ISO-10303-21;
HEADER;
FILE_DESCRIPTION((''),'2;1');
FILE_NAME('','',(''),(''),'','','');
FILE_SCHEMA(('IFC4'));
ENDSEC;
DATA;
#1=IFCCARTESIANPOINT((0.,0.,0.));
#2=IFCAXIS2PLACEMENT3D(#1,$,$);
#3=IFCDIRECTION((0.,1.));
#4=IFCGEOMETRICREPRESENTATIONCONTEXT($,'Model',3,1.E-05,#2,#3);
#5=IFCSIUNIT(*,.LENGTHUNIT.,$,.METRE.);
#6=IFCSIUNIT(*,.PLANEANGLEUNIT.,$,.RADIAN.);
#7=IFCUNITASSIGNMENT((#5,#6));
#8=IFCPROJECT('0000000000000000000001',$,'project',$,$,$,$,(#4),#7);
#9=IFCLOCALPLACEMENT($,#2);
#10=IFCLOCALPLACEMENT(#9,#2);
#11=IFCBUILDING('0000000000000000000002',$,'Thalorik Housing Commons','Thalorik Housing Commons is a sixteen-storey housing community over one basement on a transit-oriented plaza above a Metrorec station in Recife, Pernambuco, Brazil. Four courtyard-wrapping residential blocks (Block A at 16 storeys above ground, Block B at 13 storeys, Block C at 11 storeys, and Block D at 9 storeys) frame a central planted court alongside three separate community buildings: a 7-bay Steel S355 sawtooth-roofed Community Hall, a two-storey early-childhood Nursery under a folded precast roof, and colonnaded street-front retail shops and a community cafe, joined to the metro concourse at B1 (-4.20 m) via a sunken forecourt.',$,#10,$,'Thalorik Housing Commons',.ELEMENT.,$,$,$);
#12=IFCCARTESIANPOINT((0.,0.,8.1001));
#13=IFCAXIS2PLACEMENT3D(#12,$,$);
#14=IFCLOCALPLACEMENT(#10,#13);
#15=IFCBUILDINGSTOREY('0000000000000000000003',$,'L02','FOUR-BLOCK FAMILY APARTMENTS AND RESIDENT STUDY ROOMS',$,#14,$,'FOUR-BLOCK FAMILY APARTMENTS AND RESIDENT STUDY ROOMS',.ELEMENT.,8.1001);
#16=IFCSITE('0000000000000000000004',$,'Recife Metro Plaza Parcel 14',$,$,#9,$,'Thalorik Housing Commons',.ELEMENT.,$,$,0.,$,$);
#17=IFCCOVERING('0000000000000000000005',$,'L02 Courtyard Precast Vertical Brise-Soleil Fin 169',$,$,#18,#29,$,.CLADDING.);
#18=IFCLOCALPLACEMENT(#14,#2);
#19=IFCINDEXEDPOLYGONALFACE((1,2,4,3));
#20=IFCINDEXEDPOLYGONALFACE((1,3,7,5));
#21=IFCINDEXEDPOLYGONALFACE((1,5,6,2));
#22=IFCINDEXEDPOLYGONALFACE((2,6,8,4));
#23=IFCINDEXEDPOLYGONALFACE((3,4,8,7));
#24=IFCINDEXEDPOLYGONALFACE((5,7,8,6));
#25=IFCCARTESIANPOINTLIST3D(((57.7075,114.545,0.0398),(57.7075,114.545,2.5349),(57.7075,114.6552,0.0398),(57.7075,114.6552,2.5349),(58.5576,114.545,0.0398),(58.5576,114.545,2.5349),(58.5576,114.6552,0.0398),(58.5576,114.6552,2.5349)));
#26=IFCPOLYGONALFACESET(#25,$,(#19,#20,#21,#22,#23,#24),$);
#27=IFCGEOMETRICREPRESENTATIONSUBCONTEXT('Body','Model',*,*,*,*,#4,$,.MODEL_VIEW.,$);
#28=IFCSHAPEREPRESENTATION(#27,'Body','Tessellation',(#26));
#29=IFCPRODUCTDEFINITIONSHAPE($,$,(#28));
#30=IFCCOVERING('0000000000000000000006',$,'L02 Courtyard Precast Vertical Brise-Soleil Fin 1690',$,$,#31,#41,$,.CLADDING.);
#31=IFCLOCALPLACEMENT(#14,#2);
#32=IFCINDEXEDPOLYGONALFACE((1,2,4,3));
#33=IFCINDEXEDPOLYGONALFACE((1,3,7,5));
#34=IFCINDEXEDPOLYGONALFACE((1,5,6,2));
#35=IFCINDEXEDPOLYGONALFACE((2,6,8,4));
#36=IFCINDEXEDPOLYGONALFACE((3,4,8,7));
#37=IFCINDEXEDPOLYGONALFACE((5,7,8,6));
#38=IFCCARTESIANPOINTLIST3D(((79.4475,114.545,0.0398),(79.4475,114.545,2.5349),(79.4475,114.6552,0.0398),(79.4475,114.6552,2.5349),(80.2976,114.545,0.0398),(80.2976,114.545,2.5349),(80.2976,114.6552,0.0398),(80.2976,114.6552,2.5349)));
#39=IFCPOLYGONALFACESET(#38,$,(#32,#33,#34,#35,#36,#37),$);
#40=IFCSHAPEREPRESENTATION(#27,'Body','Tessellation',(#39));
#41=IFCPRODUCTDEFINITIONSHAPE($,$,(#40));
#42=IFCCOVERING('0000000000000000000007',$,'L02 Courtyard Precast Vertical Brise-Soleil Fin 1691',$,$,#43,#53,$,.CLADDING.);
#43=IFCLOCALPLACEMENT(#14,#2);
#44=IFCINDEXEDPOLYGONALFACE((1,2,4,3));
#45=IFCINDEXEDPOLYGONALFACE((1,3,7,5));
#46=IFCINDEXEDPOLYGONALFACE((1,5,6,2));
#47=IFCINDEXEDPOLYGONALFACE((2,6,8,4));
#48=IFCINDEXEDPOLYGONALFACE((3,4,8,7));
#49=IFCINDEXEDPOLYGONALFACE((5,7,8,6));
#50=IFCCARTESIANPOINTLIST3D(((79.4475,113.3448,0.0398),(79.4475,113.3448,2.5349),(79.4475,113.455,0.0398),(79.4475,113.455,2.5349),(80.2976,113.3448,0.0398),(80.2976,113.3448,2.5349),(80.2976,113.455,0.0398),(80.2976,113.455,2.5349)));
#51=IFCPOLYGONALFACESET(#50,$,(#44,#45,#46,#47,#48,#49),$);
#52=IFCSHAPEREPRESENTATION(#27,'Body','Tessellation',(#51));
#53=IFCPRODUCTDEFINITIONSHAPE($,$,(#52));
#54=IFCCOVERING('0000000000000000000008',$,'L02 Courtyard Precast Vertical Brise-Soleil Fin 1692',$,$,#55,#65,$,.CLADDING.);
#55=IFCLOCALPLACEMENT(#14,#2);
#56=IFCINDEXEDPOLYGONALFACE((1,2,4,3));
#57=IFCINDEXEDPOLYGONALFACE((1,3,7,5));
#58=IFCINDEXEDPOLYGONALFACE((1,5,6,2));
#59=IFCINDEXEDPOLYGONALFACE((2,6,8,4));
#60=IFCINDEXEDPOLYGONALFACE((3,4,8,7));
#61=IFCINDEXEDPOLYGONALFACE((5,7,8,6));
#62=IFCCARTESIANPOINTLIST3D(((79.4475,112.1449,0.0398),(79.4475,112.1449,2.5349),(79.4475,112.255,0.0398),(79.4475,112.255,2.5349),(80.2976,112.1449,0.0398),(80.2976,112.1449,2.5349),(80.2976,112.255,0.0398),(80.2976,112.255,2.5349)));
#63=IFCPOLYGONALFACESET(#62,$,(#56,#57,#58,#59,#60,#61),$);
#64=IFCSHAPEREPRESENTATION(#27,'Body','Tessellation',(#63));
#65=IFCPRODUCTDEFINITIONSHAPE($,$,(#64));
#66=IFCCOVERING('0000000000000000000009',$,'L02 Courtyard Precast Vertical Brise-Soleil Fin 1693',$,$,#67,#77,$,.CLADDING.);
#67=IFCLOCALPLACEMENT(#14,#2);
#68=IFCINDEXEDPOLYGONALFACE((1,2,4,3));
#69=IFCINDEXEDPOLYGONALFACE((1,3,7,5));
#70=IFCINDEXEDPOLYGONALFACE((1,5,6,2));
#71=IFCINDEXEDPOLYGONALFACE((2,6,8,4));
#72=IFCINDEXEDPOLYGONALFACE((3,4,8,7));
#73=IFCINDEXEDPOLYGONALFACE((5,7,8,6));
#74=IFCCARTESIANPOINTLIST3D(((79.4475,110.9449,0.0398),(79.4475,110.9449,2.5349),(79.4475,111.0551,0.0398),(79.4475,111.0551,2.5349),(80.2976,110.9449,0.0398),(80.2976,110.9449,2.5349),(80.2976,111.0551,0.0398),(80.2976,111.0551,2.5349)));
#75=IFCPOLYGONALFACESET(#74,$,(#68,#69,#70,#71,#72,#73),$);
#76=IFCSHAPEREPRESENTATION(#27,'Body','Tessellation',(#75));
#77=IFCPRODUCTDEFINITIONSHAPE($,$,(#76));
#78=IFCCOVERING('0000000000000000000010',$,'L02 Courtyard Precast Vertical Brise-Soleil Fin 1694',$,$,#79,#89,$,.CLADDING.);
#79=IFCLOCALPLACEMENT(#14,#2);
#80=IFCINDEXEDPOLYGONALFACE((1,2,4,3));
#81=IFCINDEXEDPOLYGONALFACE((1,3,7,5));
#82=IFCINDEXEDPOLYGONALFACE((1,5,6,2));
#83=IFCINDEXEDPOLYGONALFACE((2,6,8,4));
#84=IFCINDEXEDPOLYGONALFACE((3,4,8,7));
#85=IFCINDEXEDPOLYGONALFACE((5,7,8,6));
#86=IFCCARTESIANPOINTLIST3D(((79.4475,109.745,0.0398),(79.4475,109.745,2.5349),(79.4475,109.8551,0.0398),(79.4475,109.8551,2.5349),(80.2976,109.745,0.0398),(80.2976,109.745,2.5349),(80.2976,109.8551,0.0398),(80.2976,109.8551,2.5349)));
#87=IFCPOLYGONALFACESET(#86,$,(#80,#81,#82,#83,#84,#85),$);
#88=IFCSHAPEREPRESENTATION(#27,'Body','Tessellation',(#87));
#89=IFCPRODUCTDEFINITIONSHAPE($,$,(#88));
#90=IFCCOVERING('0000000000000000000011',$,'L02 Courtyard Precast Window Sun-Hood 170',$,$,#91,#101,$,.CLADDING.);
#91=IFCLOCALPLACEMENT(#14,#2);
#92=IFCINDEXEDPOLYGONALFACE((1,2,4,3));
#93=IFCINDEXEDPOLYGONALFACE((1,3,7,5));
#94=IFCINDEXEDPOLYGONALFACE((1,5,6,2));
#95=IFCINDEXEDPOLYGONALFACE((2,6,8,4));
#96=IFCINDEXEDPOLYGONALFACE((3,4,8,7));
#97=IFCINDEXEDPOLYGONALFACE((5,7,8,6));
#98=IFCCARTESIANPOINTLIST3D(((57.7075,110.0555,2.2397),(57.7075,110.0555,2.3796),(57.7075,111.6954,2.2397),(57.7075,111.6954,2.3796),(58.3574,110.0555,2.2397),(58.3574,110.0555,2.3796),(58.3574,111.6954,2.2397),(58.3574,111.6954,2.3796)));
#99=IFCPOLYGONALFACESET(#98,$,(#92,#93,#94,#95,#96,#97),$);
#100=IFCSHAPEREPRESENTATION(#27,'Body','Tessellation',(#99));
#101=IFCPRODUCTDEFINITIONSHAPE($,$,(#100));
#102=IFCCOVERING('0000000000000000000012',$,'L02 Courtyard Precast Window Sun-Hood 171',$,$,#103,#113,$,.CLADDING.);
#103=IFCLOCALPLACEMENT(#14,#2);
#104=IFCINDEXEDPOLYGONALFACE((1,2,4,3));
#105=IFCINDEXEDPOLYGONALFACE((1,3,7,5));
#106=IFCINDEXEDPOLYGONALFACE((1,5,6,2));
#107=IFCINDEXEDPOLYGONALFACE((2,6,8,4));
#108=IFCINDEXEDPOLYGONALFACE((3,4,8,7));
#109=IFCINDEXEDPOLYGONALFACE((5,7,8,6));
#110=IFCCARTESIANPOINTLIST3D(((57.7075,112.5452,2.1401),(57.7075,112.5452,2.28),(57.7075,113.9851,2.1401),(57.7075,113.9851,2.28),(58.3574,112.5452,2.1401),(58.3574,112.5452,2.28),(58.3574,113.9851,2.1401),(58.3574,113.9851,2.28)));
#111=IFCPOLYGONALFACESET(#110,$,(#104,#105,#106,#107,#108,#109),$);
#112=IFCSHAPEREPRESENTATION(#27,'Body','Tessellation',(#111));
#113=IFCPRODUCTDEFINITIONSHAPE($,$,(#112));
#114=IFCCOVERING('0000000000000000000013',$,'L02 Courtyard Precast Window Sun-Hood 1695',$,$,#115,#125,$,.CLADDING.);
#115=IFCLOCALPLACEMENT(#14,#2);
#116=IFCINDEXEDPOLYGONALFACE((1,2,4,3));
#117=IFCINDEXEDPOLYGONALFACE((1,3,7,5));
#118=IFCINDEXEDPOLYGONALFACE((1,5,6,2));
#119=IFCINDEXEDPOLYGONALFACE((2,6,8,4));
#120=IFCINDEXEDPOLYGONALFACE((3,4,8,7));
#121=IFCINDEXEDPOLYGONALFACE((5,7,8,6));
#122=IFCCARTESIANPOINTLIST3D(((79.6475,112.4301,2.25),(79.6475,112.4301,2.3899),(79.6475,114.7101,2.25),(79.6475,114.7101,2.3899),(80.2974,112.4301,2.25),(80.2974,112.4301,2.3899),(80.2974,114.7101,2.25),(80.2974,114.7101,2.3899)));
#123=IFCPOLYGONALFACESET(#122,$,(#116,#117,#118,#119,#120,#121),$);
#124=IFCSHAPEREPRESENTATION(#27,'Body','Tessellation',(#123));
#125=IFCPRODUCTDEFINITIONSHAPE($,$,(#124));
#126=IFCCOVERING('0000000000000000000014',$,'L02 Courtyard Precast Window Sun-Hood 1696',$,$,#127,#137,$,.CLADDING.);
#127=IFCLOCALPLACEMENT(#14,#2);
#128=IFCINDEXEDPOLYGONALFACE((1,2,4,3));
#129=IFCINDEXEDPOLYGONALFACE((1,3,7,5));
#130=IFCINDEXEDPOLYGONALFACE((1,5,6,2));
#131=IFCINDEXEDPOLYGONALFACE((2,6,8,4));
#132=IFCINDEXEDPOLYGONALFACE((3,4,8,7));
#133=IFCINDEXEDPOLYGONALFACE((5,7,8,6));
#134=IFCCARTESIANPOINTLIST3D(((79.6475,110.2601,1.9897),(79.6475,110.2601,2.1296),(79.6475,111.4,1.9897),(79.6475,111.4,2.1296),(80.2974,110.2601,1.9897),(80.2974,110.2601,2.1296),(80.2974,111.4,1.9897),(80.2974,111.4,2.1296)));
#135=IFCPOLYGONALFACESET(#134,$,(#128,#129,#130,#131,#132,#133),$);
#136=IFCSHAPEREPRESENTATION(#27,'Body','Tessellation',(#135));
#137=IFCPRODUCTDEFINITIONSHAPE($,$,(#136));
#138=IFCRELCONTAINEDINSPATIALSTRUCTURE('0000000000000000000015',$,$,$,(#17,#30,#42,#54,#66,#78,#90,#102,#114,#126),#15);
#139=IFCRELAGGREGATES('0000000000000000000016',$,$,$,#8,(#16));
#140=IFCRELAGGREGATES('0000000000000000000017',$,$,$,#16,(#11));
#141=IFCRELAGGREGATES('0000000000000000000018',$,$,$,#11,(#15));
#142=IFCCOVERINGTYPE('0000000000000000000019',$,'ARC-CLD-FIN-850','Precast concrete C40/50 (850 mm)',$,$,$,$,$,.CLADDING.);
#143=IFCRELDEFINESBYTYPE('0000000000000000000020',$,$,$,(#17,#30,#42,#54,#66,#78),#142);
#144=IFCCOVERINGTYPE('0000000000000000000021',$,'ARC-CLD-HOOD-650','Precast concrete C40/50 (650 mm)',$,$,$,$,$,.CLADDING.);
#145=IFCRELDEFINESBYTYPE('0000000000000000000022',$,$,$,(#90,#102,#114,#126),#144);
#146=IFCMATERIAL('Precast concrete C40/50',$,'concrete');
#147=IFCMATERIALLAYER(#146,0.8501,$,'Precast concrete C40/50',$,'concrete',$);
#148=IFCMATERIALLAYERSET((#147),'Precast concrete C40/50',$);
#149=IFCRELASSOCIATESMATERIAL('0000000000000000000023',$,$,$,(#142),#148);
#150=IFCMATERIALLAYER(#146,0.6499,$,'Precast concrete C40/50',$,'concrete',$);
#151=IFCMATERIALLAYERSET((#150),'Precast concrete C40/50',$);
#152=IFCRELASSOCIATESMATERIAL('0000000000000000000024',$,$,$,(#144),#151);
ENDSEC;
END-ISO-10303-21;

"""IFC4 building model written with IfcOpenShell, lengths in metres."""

from ifc_helpers import new_model, si_unit, direction, frame, origin, origin_2d, place, context, subcontext, project, spatial, rectangle, extrude, material, layer, layer_set, type_object, element, save


model = new_model("IFC4")

# Units and contexts
model_context = context("Model", 3, precision=1e-05, world=origin(), true_north=direction((0.0, 1.0)))
body_context = subcontext(model_context, "Body", "Model", "MODEL_VIEW")
ifc_project = project(units=[si_unit("LENGTHUNIT", "METRE"), si_unit("PLANEANGLEUNIT", "RADIAN")], contexts=[model_context])

# Site, building, storey
site_placement = place(None, origin())
site = spatial("IfcSite", under=ifc_project, at=site_placement, Name="Recife Metro Plaza Parcel 14", LongName="Thalorik Housing Commons", CompositionType="ELEMENT", RefElevation=0.0)
building_placement = place(site_placement, origin())
building = spatial("IfcBuilding", under=site, at=building_placement, Name="Thalorik Housing Commons", Description="Thalorik Housing Commons is a sixteen-storey housing community over one basement on a transit-oriented plaza above a Metrorec station in Recife, Pernambuco, Brazil. Four courtyard-wrapping residential blocks (Block A at 16 storeys above ground, Block B at 13 storeys, Block C at 11 storeys, and Block D at 9 storeys) frame a central planted court alongside three separate community buildings: a 7-bay Steel S355 sawtooth-roofed Community Hall, a two-storey early-childhood Nursery under a folded precast roof, and colonnaded street-front retail shops and a community cafe, joined to the metro concourse at B1 (-4.20 m) via a sunken forecourt.", LongName="Thalorik Housing Commons", CompositionType="ELEMENT")
storey_placement = place(building_placement, frame((0.0, 0.0, 8.1001)))
storey = spatial("IfcBuildingStorey", under=building, at=storey_placement, Name="L02", Description="FOUR-BLOCK FAMILY APARTMENTS AND RESIDENT STUDY ROOMS", LongName="FOUR-BLOCK FAMILY APARTMENTS AND RESIDENT STUDY ROOMS", CompositionType="ELEMENT", Elevation=8.1001)

# Shared definitions
ifc_material_1 = material(Name="Precast concrete C40/50", Category="concrete")

# Coverings
ifc_layer_1 = layer(ifc_material_1, 0.8501, Name="Precast concrete C40/50", Category="concrete")
ifc_layer_set_1 = layer_set([ifc_layer_1], Name="Precast concrete C40/50")
covering_type_1 = type_object("IfcCoveringType", Name="ARC-CLD-FIN-850", Description="Precast concrete C40/50 (850 mm)", PredefinedType="CLADDING", material=ifc_layer_set_1)
for number, where, z_axis, x_axis, name in (
    (1, (58.1326, 114.6001, 0.0398), (0.0, 0.0, 1.0), (0.0, 1.0, 0.0), "L02 Courtyard Precast Vertical Brise-Soleil Fin 169"),
    (2, (79.8726, 114.6001, 0.0398), (0.0, 0.0, 1.0), (0.0, -1.0, 0.0), "L02 Courtyard Precast Vertical Brise-Soleil Fin 1690"),
    (3, (79.8726, 113.3999, 0.0398), (0.0, 0.0, 1.0), (0.0, -1.0, 0.0), "L02 Courtyard Precast Vertical Brise-Soleil Fin 1691"),
    (4, (79.8726, 112.2, 0.0398), (0.0, 0.0, 1.0), (0.0, -1.0, 0.0), "L02 Courtyard Precast Vertical Brise-Soleil Fin 1692"),
    (5, (79.8726, 111.0, 0.0398), (0.0, 0.0, 1.0), (0.0, -1.0, 0.0), "L02 Courtyard Precast Vertical Brise-Soleil Fin 1693"),
    (6, (79.8726, 109.8, 0.0398), (0.0, 0.0, 1.0), (0.0, -1.0, 0.0), "L02 Courtyard Precast Vertical Brise-Soleil Fin 1694"),
):
    element("IfcCovering", number, at=place(storey_placement, frame(where, z_axis=z_axis, x_axis=x_axis)), inside=storey, type_object=covering_type_1, Name=name, PredefinedType="CLADDING", context=body_context, shape_type="SweptSolid", body=[
        extrude(rectangle(XDim=0.1101, YDim=0.8501, at=origin_2d()), origin(), (0.0, 0.0, 1.0), 2.4951),
    ])
ifc_layer_2 = layer(ifc_material_1, 0.6499, Name="Precast concrete C40/50", Category="concrete")
ifc_layer_set_2 = layer_set([ifc_layer_2], Name="Precast concrete C40/50")
covering_type_2 = type_object("IfcCoveringType", Name="ARC-CLD-HOOD-650", Description="Precast concrete C40/50 (650 mm)", PredefinedType="CLADDING", material=ifc_layer_set_2)
covering_1_placement = place(storey_placement, frame((58.0325, 110.8755, 2.2397), z_axis=(0.0, 0.0, 1.0), x_axis=(0.0, 1.0, 0.0)))
element("IfcCovering", 7, at=covering_1_placement, inside=storey, type_object=covering_type_2, Name="L02 Courtyard Precast Window Sun-Hood 170", PredefinedType="CLADDING", context=body_context, shape_type="SweptSolid", body=[
    extrude(rectangle(XDim=1.6399, YDim=0.6499, at=origin_2d()), origin(), (0.0, 0.0, 1.0), 0.1399),
])
covering_2_placement = place(storey_placement, frame((58.0325, 113.2651, 2.1401), z_axis=(0.0, 0.0, 1.0), x_axis=(0.0, 1.0, 0.0)))
element("IfcCovering", 8, at=covering_2_placement, inside=storey, type_object=covering_type_2, Name="L02 Courtyard Precast Window Sun-Hood 171", PredefinedType="CLADDING", context=body_context, shape_type="SweptSolid", body=[
    extrude(rectangle(XDim=1.4399, YDim=0.6499, at=origin_2d()), origin(), (0.0, 0.0, 1.0), 0.1399),
])
covering_3_placement = place(storey_placement, frame((79.9724, 113.5701, 2.25), z_axis=(0.0, 0.0, 1.0), x_axis=(0.0, -1.0, 0.0)))
element("IfcCovering", 9, at=covering_3_placement, inside=storey, type_object=covering_type_2, Name="L02 Courtyard Precast Window Sun-Hood 1695", PredefinedType="CLADDING", context=body_context, shape_type="SweptSolid", body=[
    extrude(rectangle(XDim=2.28, YDim=0.6499, at=origin_2d()), origin(), (0.0, 0.0, 1.0), 0.1399),
])
covering_4_placement = place(storey_placement, frame((79.9724, 110.8301, 1.9897), z_axis=(0.0, 0.0, 1.0), x_axis=(0.0, -1.0, 0.0)))
element("IfcCovering", 10, at=covering_4_placement, inside=storey, type_object=covering_type_2, Name="L02 Courtyard Precast Window Sun-Hood 1696", PredefinedType="CLADDING", context=body_context, shape_type="SweptSolid", body=[
    extrude(rectangle(XDim=1.1399, YDim=0.6499, at=origin_2d()), origin(), (0.0, 0.0, 1.0), 0.1399),
])

save(model, "model.ifc")
